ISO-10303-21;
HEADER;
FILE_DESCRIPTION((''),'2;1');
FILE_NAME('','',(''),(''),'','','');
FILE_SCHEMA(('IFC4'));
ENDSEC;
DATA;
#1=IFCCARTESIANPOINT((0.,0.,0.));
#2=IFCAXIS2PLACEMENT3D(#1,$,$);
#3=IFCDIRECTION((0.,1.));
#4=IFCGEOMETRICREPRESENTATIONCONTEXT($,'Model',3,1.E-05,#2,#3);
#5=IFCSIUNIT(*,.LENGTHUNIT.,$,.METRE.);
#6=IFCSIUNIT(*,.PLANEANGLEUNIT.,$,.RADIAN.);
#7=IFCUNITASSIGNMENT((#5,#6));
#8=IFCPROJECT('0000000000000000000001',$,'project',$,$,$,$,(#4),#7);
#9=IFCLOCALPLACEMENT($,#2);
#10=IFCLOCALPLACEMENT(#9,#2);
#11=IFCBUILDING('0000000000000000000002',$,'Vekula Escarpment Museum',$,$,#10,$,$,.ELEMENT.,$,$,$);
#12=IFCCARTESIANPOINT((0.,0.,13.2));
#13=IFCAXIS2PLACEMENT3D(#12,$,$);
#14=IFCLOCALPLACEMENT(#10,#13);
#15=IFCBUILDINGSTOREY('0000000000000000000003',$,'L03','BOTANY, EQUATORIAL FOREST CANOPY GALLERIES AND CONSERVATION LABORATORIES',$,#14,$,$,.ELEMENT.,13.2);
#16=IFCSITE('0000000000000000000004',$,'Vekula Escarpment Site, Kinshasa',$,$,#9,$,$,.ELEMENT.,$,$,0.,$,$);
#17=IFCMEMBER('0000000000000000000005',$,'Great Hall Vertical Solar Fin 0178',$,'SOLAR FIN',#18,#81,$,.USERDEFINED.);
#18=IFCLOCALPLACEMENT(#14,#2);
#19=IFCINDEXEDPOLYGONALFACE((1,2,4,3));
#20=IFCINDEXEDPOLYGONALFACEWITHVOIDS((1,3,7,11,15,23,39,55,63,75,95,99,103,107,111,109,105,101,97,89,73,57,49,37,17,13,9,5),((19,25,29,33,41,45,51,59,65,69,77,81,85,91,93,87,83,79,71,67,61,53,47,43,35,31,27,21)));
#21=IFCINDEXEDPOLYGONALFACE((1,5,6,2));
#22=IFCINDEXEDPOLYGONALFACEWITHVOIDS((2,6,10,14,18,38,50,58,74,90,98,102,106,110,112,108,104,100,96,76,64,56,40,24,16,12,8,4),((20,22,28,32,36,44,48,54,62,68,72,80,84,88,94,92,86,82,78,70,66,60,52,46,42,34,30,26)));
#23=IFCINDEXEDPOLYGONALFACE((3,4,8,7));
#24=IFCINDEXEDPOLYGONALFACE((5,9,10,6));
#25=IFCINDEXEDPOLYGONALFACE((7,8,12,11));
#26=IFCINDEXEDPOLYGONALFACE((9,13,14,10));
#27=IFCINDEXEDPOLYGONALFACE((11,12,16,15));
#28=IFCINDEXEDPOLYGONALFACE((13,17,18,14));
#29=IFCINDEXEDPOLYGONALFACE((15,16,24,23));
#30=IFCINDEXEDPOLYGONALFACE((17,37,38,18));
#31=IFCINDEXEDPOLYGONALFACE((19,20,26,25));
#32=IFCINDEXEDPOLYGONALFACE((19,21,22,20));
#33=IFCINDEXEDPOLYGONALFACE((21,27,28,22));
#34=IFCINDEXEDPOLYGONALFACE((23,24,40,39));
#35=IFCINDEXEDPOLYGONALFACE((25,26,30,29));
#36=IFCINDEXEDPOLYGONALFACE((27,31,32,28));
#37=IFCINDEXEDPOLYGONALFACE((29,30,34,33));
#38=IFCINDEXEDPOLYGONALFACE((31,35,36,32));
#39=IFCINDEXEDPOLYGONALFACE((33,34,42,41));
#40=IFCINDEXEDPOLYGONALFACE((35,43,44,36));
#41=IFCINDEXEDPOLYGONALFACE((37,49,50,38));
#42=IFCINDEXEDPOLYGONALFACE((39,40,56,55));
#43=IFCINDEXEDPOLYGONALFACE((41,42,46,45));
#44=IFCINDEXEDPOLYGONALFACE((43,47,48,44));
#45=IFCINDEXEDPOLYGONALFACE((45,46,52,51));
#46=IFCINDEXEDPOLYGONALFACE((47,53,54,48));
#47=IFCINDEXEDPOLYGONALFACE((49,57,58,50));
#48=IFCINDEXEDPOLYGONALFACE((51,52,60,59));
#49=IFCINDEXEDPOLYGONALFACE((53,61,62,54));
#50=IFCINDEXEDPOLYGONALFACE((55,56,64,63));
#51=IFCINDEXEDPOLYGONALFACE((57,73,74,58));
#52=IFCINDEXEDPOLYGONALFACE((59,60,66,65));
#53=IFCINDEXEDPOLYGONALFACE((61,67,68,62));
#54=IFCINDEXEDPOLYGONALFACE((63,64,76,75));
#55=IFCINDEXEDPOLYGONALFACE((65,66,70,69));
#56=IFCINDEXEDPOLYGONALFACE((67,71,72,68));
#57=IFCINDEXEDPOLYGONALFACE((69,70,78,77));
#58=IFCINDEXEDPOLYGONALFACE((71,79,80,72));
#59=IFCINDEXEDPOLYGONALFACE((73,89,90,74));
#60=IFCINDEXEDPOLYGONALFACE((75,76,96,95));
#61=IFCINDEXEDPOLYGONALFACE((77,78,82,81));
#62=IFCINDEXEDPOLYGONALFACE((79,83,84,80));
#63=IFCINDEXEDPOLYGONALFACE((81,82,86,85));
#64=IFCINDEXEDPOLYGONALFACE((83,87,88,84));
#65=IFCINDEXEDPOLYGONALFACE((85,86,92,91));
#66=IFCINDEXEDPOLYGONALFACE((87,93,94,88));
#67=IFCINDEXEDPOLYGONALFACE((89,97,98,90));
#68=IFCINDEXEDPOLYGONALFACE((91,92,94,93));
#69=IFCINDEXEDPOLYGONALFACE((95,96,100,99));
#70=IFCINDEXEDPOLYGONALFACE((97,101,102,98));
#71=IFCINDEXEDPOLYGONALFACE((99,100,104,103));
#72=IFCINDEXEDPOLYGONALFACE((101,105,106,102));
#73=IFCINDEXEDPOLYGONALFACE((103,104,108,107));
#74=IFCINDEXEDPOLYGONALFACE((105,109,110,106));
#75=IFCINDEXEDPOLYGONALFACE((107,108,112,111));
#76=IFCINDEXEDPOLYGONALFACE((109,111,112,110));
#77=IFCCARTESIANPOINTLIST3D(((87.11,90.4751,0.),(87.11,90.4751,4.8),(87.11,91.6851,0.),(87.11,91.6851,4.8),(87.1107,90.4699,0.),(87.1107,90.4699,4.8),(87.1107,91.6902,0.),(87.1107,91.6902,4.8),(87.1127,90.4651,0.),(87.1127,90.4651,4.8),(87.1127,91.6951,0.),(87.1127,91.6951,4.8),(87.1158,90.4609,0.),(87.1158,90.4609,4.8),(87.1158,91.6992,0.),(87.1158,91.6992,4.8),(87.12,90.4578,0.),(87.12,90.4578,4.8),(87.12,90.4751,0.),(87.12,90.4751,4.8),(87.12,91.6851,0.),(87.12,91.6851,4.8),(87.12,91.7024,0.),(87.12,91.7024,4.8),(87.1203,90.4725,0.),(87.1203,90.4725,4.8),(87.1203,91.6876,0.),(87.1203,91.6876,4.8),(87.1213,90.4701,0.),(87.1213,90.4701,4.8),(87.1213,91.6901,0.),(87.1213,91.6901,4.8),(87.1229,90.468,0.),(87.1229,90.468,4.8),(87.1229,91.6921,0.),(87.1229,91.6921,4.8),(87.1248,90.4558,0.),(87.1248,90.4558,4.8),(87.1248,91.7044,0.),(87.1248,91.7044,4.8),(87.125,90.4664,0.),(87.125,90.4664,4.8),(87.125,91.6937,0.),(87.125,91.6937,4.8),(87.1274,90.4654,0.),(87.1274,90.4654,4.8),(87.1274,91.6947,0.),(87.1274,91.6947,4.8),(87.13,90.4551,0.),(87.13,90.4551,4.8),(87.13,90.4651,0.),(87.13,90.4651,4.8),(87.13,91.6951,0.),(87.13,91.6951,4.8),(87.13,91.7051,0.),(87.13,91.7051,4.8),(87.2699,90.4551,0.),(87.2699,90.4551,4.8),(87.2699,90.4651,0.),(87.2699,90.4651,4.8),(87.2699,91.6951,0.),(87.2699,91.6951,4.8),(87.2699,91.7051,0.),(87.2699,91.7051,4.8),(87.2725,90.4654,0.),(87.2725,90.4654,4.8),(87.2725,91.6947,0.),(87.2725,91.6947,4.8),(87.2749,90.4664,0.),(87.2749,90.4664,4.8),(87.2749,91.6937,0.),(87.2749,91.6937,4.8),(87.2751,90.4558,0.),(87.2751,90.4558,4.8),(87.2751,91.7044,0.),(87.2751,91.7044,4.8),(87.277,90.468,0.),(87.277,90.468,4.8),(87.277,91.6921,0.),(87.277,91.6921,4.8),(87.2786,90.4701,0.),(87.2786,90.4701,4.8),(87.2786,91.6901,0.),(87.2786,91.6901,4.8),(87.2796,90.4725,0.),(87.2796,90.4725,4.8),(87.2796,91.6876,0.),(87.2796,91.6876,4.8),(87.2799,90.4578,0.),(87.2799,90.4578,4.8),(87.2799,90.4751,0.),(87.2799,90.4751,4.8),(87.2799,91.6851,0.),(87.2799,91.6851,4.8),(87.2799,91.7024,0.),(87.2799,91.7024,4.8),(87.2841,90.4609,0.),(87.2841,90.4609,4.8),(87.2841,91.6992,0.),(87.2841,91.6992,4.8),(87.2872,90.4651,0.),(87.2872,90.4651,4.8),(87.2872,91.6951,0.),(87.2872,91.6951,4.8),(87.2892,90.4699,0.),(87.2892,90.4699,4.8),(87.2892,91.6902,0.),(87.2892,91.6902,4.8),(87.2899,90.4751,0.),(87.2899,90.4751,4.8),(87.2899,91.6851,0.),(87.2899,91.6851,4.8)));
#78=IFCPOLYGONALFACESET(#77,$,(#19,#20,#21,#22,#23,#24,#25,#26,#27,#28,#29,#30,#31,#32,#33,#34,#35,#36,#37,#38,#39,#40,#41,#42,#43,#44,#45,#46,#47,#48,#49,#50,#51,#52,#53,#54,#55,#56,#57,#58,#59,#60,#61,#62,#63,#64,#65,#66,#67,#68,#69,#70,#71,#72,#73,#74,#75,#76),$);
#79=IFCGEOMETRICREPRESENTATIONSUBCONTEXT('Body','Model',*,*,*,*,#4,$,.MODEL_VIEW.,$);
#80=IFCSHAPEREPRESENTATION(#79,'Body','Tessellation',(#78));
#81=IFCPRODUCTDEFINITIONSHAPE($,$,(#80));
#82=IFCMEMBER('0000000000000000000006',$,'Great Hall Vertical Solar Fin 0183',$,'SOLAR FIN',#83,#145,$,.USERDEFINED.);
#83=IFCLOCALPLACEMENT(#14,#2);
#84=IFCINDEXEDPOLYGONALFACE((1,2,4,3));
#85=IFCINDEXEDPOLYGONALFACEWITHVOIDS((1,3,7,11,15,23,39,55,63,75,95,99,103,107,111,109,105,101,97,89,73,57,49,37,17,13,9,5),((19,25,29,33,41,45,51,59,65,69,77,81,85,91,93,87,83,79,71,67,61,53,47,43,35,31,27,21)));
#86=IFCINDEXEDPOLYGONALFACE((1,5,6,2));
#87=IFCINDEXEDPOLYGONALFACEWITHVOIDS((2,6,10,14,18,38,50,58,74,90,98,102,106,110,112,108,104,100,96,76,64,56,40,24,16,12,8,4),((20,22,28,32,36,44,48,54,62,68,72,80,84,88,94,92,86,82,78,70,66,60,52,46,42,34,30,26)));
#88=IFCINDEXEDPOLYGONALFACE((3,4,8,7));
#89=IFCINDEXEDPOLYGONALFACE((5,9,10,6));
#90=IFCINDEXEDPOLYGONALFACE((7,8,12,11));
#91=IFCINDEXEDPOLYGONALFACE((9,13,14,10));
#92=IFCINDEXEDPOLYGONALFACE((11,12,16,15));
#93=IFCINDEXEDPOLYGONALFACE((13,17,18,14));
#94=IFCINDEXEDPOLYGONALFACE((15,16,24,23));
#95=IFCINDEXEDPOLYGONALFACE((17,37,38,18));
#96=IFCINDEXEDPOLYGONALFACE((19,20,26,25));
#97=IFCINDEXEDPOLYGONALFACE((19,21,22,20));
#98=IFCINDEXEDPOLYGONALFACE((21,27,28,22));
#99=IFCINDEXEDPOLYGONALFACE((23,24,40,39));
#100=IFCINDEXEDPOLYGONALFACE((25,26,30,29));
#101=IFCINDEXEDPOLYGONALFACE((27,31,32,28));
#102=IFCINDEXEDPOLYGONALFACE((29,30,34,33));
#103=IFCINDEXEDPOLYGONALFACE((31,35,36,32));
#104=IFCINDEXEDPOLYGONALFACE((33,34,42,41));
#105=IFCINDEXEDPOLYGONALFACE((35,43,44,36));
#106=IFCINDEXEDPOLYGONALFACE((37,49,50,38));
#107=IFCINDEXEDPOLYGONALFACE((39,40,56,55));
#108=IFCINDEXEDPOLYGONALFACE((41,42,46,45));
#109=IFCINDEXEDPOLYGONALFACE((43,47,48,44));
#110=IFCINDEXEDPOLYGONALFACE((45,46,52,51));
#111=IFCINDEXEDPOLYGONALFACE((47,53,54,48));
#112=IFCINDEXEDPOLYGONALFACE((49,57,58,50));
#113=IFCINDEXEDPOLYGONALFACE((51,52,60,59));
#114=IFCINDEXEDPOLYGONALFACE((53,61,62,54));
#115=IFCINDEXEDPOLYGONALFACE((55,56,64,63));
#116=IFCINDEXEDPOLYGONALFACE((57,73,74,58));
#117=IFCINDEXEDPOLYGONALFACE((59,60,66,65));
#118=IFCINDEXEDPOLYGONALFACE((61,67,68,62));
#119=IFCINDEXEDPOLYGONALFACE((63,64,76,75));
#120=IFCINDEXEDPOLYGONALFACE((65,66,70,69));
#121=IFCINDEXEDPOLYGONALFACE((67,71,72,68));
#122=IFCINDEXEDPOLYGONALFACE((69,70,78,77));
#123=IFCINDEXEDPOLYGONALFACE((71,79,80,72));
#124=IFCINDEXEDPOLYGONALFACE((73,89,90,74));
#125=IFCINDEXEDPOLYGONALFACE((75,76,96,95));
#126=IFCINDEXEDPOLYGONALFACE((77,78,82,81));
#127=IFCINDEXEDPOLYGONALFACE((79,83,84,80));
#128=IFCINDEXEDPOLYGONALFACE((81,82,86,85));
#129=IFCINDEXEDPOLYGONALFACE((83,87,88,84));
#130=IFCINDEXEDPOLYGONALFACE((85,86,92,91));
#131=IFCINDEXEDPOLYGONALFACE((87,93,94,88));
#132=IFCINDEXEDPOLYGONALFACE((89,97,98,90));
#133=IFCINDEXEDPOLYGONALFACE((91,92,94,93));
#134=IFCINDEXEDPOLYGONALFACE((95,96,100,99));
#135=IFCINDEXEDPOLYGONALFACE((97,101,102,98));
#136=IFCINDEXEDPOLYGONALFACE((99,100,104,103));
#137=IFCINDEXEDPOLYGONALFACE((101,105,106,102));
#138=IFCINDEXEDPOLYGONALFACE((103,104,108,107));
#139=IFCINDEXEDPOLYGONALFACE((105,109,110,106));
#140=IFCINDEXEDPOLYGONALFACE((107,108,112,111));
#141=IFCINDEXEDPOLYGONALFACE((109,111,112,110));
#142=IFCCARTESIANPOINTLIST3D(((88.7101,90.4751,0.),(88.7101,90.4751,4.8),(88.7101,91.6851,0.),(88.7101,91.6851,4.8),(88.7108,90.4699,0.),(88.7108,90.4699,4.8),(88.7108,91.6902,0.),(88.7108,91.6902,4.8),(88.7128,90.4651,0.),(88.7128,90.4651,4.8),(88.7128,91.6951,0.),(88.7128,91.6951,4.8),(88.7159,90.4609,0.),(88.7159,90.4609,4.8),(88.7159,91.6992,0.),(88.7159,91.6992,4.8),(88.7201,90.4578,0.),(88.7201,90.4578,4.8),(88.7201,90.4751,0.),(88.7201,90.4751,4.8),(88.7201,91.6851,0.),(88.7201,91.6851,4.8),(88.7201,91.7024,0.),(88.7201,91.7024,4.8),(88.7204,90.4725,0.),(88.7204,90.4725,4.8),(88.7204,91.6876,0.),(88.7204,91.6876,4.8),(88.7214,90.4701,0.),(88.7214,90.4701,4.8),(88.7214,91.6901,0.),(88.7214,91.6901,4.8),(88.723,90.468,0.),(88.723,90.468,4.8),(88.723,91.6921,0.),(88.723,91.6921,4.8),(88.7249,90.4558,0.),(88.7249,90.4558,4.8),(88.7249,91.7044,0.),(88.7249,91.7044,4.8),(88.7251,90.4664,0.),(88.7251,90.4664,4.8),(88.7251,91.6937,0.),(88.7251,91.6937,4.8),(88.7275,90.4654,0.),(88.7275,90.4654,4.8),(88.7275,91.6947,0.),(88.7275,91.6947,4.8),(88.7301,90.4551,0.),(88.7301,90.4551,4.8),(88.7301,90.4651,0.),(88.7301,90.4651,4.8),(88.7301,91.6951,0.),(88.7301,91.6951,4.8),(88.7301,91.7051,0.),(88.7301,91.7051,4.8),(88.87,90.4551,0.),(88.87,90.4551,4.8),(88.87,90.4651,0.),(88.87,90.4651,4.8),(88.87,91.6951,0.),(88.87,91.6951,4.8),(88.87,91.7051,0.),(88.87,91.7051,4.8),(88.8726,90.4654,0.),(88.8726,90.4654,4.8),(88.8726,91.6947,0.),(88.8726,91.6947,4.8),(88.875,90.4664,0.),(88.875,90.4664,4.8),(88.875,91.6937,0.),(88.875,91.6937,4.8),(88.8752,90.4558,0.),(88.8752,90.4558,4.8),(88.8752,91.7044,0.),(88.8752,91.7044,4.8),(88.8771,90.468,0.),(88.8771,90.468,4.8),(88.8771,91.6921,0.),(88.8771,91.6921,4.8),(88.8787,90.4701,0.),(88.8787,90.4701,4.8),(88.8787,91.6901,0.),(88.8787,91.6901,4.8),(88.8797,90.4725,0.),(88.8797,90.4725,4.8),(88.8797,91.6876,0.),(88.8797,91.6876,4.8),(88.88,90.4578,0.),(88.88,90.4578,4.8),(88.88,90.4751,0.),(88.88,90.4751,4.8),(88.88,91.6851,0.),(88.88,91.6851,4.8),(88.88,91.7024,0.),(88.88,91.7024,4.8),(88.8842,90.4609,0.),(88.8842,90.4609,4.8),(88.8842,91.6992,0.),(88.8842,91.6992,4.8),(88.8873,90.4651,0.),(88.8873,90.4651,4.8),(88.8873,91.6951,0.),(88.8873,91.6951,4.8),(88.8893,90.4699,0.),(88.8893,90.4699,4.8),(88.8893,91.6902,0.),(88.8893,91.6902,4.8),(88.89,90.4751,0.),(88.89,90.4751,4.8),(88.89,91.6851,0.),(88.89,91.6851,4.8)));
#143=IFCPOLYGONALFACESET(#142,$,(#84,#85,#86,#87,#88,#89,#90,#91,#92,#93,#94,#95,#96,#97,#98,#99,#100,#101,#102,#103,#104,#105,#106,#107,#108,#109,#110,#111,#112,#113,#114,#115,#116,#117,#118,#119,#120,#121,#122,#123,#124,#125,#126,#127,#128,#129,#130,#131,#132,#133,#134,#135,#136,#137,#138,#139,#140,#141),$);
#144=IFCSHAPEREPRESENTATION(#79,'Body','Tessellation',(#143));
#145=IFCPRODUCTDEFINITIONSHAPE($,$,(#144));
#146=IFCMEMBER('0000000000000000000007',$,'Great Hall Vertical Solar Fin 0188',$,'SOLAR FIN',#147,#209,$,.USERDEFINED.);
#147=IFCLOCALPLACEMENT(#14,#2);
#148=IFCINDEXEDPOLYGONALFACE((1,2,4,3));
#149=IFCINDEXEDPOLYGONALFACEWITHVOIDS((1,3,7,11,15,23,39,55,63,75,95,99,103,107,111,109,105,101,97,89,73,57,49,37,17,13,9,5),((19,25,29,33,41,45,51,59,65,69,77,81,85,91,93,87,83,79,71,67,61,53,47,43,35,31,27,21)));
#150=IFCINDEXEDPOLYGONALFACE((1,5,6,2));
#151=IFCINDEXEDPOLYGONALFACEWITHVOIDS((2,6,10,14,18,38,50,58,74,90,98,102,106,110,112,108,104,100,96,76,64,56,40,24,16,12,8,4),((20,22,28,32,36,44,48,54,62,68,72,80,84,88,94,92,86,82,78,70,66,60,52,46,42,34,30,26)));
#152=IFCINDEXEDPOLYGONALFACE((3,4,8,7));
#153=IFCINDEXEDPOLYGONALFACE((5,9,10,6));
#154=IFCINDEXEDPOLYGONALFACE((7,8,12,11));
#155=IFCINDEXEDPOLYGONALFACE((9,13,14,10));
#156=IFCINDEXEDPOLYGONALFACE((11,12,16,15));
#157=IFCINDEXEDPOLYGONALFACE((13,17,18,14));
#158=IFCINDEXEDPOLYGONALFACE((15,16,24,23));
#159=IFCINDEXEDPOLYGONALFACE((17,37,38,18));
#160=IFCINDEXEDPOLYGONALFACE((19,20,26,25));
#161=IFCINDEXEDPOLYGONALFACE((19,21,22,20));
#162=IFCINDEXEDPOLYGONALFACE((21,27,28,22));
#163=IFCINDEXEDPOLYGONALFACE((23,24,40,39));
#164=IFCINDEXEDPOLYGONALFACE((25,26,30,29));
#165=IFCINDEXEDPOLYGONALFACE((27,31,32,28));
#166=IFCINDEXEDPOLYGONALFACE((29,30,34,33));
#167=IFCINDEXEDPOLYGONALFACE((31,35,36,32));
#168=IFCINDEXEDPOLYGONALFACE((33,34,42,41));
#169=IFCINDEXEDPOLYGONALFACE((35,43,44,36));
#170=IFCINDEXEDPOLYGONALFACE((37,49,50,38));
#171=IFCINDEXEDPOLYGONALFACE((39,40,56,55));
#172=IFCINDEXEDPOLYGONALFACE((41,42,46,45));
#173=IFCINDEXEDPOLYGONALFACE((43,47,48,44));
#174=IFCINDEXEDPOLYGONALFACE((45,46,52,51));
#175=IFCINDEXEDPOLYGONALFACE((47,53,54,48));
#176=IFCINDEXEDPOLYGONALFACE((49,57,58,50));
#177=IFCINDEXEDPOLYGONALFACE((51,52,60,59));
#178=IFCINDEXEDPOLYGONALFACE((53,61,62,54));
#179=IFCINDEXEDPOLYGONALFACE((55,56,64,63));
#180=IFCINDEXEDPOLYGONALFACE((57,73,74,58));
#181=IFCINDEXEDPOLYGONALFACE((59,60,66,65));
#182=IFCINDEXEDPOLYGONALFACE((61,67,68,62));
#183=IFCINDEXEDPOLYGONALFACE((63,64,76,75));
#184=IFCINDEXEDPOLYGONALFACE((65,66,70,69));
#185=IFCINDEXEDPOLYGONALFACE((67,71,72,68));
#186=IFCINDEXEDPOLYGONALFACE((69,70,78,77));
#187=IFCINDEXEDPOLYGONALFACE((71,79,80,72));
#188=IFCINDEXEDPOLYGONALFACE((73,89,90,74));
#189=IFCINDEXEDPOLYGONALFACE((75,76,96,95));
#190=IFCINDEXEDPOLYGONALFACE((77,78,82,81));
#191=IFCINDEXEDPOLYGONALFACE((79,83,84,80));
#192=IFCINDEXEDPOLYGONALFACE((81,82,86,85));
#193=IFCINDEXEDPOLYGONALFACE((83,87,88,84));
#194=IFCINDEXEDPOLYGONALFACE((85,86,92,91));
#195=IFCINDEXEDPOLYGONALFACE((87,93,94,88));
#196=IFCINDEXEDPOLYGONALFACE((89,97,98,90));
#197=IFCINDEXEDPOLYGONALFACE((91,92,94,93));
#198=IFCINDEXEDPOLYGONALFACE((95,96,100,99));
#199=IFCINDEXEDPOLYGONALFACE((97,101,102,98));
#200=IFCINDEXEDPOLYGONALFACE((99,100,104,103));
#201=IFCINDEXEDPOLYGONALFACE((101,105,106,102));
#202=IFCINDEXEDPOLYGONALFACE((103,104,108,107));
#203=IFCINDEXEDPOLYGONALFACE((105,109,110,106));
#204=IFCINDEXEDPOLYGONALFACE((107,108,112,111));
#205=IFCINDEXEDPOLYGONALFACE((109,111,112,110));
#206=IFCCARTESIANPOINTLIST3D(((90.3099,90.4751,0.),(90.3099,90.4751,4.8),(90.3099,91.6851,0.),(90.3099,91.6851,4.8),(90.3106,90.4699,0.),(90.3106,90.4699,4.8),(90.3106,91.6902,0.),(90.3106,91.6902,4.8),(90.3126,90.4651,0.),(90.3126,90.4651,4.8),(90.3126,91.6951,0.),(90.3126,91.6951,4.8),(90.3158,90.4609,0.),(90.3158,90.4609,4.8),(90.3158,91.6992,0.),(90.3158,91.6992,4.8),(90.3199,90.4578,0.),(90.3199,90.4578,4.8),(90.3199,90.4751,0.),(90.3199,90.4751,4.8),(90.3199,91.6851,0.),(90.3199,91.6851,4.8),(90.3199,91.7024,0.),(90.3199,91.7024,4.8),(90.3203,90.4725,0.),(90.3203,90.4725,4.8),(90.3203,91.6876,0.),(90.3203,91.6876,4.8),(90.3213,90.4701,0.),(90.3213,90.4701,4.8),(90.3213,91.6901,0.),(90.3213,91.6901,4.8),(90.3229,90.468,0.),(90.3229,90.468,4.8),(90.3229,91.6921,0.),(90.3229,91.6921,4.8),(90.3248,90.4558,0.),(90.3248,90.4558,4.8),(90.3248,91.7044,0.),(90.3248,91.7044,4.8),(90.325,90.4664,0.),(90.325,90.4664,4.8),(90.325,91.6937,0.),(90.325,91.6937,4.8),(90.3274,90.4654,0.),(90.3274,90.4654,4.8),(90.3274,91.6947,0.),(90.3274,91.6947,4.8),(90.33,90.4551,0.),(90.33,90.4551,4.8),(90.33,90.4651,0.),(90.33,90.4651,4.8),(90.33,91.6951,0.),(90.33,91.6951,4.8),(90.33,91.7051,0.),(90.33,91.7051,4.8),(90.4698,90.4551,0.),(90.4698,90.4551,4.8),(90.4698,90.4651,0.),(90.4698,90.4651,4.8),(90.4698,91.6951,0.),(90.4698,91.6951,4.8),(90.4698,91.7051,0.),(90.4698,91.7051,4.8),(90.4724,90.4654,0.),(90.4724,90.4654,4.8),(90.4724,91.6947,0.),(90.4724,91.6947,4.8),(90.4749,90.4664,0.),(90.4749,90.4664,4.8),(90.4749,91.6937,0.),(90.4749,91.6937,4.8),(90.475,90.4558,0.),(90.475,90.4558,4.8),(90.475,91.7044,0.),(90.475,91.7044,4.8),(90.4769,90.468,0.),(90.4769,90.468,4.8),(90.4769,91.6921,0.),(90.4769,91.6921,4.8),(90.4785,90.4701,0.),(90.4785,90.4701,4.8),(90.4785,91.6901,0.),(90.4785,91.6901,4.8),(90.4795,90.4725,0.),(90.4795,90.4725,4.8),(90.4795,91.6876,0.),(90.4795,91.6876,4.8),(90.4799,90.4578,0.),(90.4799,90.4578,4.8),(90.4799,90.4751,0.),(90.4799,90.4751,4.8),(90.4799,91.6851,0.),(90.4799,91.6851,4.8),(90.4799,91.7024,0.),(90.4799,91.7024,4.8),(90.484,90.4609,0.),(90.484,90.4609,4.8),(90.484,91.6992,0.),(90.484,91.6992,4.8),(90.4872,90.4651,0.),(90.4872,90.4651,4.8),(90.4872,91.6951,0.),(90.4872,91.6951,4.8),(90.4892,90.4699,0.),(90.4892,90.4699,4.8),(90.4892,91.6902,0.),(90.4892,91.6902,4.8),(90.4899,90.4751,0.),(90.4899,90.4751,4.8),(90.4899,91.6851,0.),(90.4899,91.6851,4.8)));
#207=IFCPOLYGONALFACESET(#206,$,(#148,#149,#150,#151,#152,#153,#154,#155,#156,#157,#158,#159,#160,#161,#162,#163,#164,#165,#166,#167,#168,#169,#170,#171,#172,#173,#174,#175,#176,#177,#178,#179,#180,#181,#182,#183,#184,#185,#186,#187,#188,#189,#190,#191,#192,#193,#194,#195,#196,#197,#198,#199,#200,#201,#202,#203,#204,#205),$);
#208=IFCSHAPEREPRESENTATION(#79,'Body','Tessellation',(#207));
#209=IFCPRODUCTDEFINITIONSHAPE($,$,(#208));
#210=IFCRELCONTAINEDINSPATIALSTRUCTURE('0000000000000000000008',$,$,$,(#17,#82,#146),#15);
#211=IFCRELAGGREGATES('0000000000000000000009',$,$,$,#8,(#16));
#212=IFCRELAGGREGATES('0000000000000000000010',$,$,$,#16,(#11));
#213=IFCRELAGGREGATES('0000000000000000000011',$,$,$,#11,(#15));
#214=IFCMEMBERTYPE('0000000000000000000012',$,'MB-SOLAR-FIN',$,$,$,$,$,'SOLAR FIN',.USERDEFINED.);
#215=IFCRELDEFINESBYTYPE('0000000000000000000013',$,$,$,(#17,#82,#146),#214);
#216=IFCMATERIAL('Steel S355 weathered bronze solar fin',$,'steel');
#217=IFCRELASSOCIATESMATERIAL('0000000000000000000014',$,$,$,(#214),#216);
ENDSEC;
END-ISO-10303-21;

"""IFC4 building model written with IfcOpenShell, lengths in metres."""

from ifc_helpers import new_model, si_unit, direction, frame, origin, origin_2d, place, context, subcontext, project, spatial, hollow_rectangle, extrude, material, material_profile, profile_set, type_object, element, save


model = new_model("IFC4")

# Units and contexts
model_context = context("Model", 3, precision=1e-05, world=origin(), true_north=direction((0.0, 1.0)))
body_context = subcontext(model_context, "Body", "Model", "MODEL_VIEW")
ifc_project = project(units=[si_unit("LENGTHUNIT", "METRE"), si_unit("PLANEANGLEUNIT", "RADIAN")], contexts=[model_context])

# Site, building, storey
site_placement = place(None, origin())
site = spatial("IfcSite", under=ifc_project, at=site_placement, Name="Vekula Escarpment Site, Kinshasa", CompositionType="ELEMENT", RefElevation=0.0)
building_placement = place(site_placement, origin())
building = spatial("IfcBuilding", under=site, at=building_placement, Name="Vekula Escarpment Museum", CompositionType="ELEMENT")
storey_placement = place(building_placement, frame((0.0, 0.0, 13.2)))
storey = spatial("IfcBuildingStorey", under=building, at=storey_placement, Name="L03", Description="BOTANY, EQUATORIAL FOREST CANOPY GALLERIES AND CONSERVATION LABORATORIES", CompositionType="ELEMENT", Elevation=13.2)

# Members
ifc_material_1 = material(Name="Steel S355 weathered bronze solar fin", Category="steel")
ifc_material_profile_1 = material_profile(ifc_material_1, hollow_rectangle(XDim=0.1799, YDim=1.25, WallThickness=0.01, InnerFilletRadius=0.01, OuterFilletRadius=0.02, at=origin_2d()), Name="RHS 1250x180x10")
ifc_profile_set_1 = profile_set([ifc_material_profile_1], Name="Steel S355 weathered bronze solar fin")
member_type_1 = type_object("IfcMemberType", Name="MB-SOLAR-FIN", ElementType="SOLAR FIN", PredefinedType="USERDEFINED", material=ifc_profile_set_1)
for number, where, z_axis, x_axis, name in (
    (1, (87.2, 91.0801, 0.0), (0.0, 0.0, 1.0), (1.0, 0.0, 0.0), "Great Hall Vertical Solar Fin 0178"),
    (2, (88.8, 91.0801, 0.0), (0.0, 0.0, 1.0), (1.0, 0.0, 0.0), "Great Hall Vertical Solar Fin 0183"),
    (3, (90.3999, 91.0801, 0.0), (0.0, 0.0, 1.0), (1.0, 0.0, 0.0), "Great Hall Vertical Solar Fin 0188"),
):
    element("IfcMember", number, at=place(storey_placement, frame(where, z_axis=z_axis, x_axis=x_axis)), inside=storey, type_object=member_type_1, Name=name, ObjectType="SOLAR FIN", PredefinedType="USERDEFINED", context=body_context, shape_type="SweptSolid", body=[
        extrude(hollow_rectangle(XDim=0.1799, YDim=1.25, WallThickness=0.01, InnerFilletRadius=0.01, OuterFilletRadius=0.02, at=origin_2d()), origin(), (0.0, 0.0, 1.0), 4.8),
    ])

save(model, "model.ifc")
